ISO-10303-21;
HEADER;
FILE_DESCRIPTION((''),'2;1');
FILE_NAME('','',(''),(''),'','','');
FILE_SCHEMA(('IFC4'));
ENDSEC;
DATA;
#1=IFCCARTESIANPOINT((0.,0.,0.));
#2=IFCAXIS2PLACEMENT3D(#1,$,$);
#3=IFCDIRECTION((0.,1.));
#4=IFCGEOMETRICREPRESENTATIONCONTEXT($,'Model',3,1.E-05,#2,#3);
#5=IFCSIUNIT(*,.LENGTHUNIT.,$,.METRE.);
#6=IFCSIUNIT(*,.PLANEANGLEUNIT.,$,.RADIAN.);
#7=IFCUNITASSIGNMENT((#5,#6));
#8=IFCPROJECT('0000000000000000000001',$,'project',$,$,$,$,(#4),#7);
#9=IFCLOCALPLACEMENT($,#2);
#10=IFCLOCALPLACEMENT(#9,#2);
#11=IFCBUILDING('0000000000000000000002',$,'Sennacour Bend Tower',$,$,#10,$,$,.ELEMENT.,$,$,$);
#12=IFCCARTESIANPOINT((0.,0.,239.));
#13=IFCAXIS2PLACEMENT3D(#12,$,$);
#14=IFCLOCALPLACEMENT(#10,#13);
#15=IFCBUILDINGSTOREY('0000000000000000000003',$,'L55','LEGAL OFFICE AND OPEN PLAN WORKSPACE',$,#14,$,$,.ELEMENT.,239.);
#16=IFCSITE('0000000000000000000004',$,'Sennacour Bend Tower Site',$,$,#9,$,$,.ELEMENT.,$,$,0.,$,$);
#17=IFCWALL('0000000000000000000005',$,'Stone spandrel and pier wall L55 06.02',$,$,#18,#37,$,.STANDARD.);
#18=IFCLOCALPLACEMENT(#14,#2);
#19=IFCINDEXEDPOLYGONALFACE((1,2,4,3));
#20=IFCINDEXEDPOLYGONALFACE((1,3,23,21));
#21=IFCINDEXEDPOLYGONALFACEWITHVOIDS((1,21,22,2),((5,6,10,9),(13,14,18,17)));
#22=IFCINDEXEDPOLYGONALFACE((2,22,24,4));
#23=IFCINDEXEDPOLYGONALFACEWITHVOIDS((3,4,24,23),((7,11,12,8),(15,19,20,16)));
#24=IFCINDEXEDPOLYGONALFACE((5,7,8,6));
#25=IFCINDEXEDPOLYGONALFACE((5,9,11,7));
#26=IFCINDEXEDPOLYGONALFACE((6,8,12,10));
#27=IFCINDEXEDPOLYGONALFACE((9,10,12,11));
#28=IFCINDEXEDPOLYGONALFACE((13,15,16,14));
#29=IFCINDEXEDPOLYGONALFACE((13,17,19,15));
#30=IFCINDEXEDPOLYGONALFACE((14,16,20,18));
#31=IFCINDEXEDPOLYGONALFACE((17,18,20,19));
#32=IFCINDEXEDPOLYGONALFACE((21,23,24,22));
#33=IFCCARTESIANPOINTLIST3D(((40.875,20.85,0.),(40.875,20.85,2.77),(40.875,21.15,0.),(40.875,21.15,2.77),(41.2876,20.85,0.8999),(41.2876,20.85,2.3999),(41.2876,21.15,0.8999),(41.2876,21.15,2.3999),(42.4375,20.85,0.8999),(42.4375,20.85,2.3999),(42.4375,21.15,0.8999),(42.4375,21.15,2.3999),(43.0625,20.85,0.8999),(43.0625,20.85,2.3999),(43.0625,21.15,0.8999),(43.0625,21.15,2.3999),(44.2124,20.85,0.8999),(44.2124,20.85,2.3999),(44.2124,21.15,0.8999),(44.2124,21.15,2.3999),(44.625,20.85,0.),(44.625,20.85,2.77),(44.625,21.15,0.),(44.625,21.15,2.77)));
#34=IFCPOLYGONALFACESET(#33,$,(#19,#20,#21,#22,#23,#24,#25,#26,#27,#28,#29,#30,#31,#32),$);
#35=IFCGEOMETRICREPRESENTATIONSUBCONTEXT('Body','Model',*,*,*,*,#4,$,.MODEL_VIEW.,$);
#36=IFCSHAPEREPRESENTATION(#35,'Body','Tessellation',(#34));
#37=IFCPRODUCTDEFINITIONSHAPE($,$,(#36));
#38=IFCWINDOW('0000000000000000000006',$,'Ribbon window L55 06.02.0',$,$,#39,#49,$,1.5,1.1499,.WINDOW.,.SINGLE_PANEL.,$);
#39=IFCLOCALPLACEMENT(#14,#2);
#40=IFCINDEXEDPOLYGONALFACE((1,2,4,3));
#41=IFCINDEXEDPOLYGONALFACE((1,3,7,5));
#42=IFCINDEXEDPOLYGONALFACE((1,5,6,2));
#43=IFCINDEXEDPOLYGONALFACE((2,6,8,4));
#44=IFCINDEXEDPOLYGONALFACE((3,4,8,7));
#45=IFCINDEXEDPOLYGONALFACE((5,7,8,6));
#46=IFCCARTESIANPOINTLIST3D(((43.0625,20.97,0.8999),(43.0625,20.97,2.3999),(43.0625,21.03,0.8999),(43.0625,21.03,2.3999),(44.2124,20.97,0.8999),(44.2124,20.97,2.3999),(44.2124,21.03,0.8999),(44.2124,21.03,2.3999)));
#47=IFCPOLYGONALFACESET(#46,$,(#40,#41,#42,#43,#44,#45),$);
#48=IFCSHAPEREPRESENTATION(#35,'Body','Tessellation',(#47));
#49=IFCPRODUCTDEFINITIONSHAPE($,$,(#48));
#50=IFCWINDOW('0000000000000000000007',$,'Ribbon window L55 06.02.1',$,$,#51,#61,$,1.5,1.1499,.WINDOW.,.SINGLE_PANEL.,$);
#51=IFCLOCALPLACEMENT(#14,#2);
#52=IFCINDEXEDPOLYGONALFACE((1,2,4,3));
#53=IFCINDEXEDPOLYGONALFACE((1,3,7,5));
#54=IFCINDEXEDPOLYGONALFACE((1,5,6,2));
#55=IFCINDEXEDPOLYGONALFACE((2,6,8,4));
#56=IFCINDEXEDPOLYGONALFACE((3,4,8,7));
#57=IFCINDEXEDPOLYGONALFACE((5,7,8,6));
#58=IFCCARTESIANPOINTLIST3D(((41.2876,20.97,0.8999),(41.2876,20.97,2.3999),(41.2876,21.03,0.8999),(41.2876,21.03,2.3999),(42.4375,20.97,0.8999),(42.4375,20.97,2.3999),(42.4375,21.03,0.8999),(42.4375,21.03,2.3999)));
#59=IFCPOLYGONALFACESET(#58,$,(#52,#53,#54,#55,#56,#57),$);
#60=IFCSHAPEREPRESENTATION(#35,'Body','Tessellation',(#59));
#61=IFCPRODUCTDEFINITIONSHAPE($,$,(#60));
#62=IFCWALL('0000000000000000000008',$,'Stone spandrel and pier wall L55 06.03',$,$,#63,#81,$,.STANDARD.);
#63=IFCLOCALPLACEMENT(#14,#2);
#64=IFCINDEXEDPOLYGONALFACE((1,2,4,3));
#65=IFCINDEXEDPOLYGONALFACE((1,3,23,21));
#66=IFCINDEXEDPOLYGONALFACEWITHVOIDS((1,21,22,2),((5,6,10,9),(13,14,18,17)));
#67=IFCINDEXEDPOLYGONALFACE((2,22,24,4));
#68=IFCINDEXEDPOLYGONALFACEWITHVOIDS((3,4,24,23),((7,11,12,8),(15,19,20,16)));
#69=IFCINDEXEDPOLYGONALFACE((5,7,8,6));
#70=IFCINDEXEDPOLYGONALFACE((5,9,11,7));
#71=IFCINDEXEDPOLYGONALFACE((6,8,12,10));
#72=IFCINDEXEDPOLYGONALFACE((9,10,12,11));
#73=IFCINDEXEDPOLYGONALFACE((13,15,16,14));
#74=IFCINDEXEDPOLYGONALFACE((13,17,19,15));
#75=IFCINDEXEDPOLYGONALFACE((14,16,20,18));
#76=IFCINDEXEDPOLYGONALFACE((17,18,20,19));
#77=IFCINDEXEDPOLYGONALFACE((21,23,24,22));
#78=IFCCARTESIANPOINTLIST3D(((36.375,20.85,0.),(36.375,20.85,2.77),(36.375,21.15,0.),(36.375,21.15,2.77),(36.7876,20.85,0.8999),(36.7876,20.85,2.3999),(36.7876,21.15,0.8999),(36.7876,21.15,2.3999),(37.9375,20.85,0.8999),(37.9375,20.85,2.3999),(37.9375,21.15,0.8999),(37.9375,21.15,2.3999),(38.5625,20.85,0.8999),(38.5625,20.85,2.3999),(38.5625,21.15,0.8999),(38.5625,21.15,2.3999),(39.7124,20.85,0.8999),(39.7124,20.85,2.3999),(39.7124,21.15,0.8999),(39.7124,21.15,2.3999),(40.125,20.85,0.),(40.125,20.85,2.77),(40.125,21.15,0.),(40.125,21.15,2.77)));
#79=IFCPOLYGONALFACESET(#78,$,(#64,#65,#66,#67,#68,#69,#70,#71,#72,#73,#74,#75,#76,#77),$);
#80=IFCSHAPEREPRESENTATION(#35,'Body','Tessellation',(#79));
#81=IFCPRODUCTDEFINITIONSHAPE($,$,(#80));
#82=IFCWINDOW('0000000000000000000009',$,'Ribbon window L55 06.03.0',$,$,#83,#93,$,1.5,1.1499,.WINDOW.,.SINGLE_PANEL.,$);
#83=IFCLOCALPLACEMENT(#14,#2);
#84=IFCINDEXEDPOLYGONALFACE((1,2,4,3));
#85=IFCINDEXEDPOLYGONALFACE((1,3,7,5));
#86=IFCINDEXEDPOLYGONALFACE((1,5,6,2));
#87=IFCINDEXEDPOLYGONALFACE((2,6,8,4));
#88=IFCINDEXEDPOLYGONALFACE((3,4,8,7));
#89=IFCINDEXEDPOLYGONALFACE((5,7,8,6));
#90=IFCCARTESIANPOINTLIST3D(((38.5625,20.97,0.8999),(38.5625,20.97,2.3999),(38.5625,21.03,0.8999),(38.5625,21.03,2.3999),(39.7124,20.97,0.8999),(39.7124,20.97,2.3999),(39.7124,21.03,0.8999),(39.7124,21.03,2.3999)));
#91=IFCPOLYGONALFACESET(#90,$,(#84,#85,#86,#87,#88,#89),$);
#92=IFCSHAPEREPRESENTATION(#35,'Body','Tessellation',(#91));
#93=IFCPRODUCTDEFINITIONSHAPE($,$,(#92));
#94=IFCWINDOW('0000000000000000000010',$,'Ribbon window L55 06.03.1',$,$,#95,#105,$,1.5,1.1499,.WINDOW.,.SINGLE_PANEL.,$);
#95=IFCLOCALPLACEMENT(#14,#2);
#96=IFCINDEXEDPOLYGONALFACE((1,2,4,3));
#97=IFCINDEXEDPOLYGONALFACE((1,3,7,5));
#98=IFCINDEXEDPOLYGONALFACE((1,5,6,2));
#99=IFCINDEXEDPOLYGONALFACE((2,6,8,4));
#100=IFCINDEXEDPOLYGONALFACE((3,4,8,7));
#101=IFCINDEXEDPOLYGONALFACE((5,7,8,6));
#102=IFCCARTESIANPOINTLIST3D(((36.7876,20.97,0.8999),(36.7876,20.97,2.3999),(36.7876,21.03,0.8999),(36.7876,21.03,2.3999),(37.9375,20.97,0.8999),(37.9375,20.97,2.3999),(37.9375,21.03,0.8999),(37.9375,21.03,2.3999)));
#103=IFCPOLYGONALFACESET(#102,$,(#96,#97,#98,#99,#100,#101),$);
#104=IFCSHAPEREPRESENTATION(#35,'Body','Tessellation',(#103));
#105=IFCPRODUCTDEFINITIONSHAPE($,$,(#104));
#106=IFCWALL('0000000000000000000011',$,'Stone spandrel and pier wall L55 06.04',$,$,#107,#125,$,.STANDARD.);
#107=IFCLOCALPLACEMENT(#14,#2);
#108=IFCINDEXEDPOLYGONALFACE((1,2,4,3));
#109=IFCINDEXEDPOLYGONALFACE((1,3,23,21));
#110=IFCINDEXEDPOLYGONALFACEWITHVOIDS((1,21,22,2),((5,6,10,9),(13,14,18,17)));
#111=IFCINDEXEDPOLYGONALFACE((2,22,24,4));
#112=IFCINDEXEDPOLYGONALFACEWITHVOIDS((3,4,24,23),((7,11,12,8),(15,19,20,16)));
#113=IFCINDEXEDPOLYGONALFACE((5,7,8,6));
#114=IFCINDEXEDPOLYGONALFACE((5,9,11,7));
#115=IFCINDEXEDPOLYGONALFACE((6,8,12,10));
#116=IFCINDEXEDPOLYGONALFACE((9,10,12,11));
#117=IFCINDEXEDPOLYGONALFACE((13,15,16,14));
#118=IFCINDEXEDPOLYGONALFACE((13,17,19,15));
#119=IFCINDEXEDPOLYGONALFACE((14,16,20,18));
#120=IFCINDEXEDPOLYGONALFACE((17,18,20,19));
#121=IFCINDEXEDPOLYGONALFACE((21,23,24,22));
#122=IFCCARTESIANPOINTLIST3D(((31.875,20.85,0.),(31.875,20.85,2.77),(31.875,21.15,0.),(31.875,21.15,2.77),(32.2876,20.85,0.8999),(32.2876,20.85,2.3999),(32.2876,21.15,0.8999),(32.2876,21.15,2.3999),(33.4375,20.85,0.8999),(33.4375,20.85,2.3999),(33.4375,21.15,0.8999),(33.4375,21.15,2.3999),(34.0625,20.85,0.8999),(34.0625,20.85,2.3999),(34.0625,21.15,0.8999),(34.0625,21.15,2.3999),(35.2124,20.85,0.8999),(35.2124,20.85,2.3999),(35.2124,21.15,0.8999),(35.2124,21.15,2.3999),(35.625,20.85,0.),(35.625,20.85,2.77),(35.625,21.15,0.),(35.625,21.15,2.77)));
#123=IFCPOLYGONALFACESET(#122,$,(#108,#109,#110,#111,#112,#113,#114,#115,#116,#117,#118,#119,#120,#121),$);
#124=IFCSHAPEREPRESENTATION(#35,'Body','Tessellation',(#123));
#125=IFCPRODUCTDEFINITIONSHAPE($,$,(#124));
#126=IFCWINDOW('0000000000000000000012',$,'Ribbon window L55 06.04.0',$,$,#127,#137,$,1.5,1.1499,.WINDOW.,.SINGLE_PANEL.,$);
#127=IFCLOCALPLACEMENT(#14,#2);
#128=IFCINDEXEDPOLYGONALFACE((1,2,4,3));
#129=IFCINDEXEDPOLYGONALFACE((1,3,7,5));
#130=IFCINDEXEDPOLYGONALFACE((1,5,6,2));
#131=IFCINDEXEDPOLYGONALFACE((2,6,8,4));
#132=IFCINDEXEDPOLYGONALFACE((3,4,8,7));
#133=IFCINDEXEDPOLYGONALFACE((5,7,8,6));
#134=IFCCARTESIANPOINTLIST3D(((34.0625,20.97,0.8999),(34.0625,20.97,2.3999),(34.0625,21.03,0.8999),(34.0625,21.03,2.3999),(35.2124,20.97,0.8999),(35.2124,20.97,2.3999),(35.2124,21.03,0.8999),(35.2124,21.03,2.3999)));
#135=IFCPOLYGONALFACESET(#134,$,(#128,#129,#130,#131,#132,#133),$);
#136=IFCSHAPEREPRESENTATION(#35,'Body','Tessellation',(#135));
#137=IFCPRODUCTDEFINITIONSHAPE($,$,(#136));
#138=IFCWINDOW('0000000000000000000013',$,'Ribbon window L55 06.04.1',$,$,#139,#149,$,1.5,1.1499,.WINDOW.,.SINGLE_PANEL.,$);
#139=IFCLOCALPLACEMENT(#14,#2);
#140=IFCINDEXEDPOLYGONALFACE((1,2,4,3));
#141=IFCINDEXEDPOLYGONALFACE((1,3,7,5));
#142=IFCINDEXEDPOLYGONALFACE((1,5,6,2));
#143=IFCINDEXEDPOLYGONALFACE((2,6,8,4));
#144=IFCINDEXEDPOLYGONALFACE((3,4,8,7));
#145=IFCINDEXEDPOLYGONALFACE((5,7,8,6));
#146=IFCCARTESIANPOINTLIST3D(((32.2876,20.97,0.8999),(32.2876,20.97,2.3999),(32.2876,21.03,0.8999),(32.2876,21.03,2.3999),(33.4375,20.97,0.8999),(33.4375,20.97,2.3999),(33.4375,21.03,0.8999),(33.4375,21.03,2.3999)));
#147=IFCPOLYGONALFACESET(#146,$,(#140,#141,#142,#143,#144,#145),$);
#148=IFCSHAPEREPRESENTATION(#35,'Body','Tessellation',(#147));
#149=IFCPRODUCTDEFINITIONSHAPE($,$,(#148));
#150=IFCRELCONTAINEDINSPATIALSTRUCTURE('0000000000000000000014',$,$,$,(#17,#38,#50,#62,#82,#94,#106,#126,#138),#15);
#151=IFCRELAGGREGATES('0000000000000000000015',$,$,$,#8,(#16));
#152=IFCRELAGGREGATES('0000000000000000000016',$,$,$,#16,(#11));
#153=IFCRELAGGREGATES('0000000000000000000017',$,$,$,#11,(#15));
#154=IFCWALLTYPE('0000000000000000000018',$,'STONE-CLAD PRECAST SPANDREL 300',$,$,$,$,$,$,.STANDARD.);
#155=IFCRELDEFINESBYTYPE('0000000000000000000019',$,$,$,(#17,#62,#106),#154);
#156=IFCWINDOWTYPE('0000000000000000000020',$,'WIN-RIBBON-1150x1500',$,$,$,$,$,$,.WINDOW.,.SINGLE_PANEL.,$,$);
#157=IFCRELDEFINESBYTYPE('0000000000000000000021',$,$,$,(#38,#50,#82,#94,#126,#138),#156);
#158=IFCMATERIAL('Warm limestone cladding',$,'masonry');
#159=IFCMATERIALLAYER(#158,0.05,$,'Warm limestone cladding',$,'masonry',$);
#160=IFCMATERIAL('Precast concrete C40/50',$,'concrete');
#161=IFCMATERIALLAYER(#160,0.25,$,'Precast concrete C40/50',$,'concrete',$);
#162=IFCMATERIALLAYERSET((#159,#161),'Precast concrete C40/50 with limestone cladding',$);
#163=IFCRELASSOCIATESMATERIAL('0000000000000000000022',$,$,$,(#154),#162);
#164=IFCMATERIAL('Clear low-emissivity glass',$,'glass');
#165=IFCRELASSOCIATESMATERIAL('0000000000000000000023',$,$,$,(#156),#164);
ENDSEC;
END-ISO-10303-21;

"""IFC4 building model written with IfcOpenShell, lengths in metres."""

from ifc_helpers import new_model, si_unit, direction, frame, frame_2d, origin, place, context, subcontext, project, spatial, rectangle, extrude, material, layer, layer_set, type_object, element, fill, save


model = new_model("IFC4")

# Units and contexts
model_context = context("Model", 3, precision=1e-05, world=origin(), true_north=direction((0.0, 1.0)))
body_context = subcontext(model_context, "Body", "Model", "MODEL_VIEW")
ifc_project = project(units=[si_unit("LENGTHUNIT", "METRE"), si_unit("PLANEANGLEUNIT", "RADIAN")], contexts=[model_context])

# Site, building, storey
site_placement = place(None, origin())
site = spatial("IfcSite", under=ifc_project, at=site_placement, Name="Sennacour Bend Tower Site", CompositionType="ELEMENT", RefElevation=0.0)
building_placement = place(site_placement, origin())
building = spatial("IfcBuilding", under=site, at=building_placement, Name="Sennacour Bend Tower", CompositionType="ELEMENT")
storey_placement = place(building_placement, frame((0.0, 0.0, 239.0)))
storey = spatial("IfcBuildingStorey", under=building, at=storey_placement, Name="L55", Description="LEGAL OFFICE AND OPEN PLAN WORKSPACE", CompositionType="ELEMENT", Elevation=239.0)

# Walls, openings, windows
ifc_material_1 = material(Name="Warm limestone cladding", Category="masonry")
ifc_layer_1 = layer(ifc_material_1, 0.05, Name="Warm limestone cladding", Category="masonry")
ifc_material_2 = material(Name="Precast concrete C40/50", Category="concrete")
ifc_layer_2 = layer(ifc_material_2, 0.25, Name="Precast concrete C40/50", Category="concrete")
ifc_layer_set_1 = layer_set([ifc_layer_1, ifc_layer_2], Name="Precast concrete C40/50 with limestone cladding")
wall_type_1 = type_object("IfcWallType", Name="STONE-CLAD PRECAST SPANDREL 300", PredefinedType="STANDARD", material=ifc_layer_set_1)
wall_1_placement = place(storey_placement, frame((44.625, 21.0, 0.0), z_axis=(0.0, 0.0, 1.0), x_axis=(-1.0, 0.0, 0.0)))
wall_1 = element("IfcWall", 1, at=wall_1_placement, inside=storey, type_object=wall_type_1, Name="Stone spandrel and pier wall L55 06.02", PredefinedType="STANDARD", context=body_context, shape_type="SweptSolid", body=[
    extrude(rectangle(XDim=3.75, YDim=0.3, at=frame_2d((1.875, 0.0))), origin(), (0.0, 0.0, 1.0), 2.77),
])
opening_1_placement = place(wall_1_placement, frame((0.4126, 0.0, 0.8999)))
opening_1 = element("IfcOpeningElement", 2, at=opening_1_placement, cuts=wall_1, PredefinedType="OPENING", context=body_context, shape_type="SweptSolid", body=[
    extrude(rectangle(XDim=1.1499, YDim=1.5, at=frame_2d((0.575, 0.75))), frame((0.0, 0.1602, 0.0), z_axis=(0.0, -1.0, 0.0), x_axis=(1.0, 0.0, 0.0)), (0.0, 0.0, 1.0), 0.3201),
])
opening_2_placement = place(wall_1_placement, frame((2.1875, 0.0, 0.8999)))
opening_2 = element("IfcOpeningElement", 3, at=opening_2_placement, cuts=wall_1, PredefinedType="OPENING", context=body_context, shape_type="SweptSolid", body=[
    extrude(rectangle(XDim=1.1499, YDim=1.5, at=frame_2d((0.575, 0.75))), frame((0.0, 0.1602, 0.0), z_axis=(0.0, -1.0, 0.0), x_axis=(1.0, 0.0, 0.0)), (0.0, 0.0, 1.0), 0.3201),
])
ifc_material_3 = material(Name="Clear low-emissivity glass", Category="glass")
window_type = type_object("IfcWindowType", Name="WIN-RIBBON-1150x1500", PartitioningType="SINGLE_PANEL", PredefinedType="WINDOW", material=ifc_material_3)
window_1_placement = place(opening_1_placement, origin())
window_1 = element("IfcWindow", 4, at=window_1_placement, inside=storey, type_object=window_type, Name="Ribbon window L55 06.02.0", OverallHeight=1.5, OverallWidth=1.1499, PartitioningType="SINGLE_PANEL", PredefinedType="WINDOW", context=body_context, shape_type="SweptSolid", body=[
    extrude(rectangle(XDim=1.1499, YDim=1.5, at=frame_2d((0.575, 0.75))), frame((0.0, 0.03, 0.0), z_axis=(0.0, -1.0, 0.0), x_axis=(1.0, 0.0, 0.0)), (0.0, 0.0, 1.0), 0.0601),
])
fill(opening_1, window_1)
window_2_placement = place(opening_2_placement, origin())
window_2 = element("IfcWindow", 5, at=window_2_placement, inside=storey, type_object=window_type, Name="Ribbon window L55 06.02.1", OverallHeight=1.5, OverallWidth=1.1499, PartitioningType="SINGLE_PANEL", PredefinedType="WINDOW", context=body_context, shape_type="SweptSolid", body=[
    extrude(rectangle(XDim=1.1499, YDim=1.5, at=frame_2d((0.575, 0.75))), frame((0.0, 0.03, 0.0), z_axis=(0.0, -1.0, 0.0), x_axis=(1.0, 0.0, 0.0)), (0.0, 0.0, 1.0), 0.0601),
])
fill(opening_2, window_2)
wall_2_placement = place(storey_placement, frame((40.125, 21.0, 0.0), z_axis=(0.0, 0.0, 1.0), x_axis=(-1.0, 0.0, 0.0)))
wall_2 = element("IfcWall", 6, at=wall_2_placement, inside=storey, type_object=wall_type_1, Name="Stone spandrel and pier wall L55 06.03", PredefinedType="STANDARD", context=body_context, shape_type="SweptSolid", body=[
    extrude(rectangle(XDim=3.75, YDim=0.3, at=frame_2d((1.875, 0.0))), origin(), (0.0, 0.0, 1.0), 2.77),
])
opening_3_placement = place(wall_2_placement, frame((0.4126, 0.0, 0.8999)))
opening_3 = element("IfcOpeningElement", 7, at=opening_3_placement, cuts=wall_2, PredefinedType="OPENING", context=body_context, shape_type="SweptSolid", body=[
    extrude(rectangle(XDim=1.1499, YDim=1.5, at=frame_2d((0.575, 0.75))), frame((0.0, 0.1602, 0.0), z_axis=(0.0, -1.0, 0.0), x_axis=(1.0, 0.0, 0.0)), (0.0, 0.0, 1.0), 0.3201),
])
opening_4_placement = place(wall_2_placement, frame((2.1875, 0.0, 0.8999)))
opening_4 = element("IfcOpeningElement", 8, at=opening_4_placement, cuts=wall_2, PredefinedType="OPENING", context=body_context, shape_type="SweptSolid", body=[
    extrude(rectangle(XDim=1.1499, YDim=1.5, at=frame_2d((0.575, 0.75))), frame((0.0, 0.1602, 0.0), z_axis=(0.0, -1.0, 0.0), x_axis=(1.0, 0.0, 0.0)), (0.0, 0.0, 1.0), 0.3201),
])
window_3_placement = place(opening_3_placement, origin())
window_3 = element("IfcWindow", 9, at=window_3_placement, inside=storey, type_object=window_type, Name="Ribbon window L55 06.03.0", OverallHeight=1.5, OverallWidth=1.1499, PartitioningType="SINGLE_PANEL", PredefinedType="WINDOW", context=body_context, shape_type="SweptSolid", body=[
    extrude(rectangle(XDim=1.1499, YDim=1.5, at=frame_2d((0.575, 0.75))), frame((0.0, 0.03, 0.0), z_axis=(0.0, -1.0, 0.0), x_axis=(1.0, 0.0, 0.0)), (0.0, 0.0, 1.0), 0.0601),
])
fill(opening_3, window_3)
window_4_placement = place(opening_4_placement, origin())
window_4 = element("IfcWindow", 10, at=window_4_placement, inside=storey, type_object=window_type, Name="Ribbon window L55 06.03.1", OverallHeight=1.5, OverallWidth=1.1499, PartitioningType="SINGLE_PANEL", PredefinedType="WINDOW", context=body_context, shape_type="SweptSolid", body=[
    extrude(rectangle(XDim=1.1499, YDim=1.5, at=frame_2d((0.575, 0.75))), frame((0.0, 0.03, 0.0), z_axis=(0.0, -1.0, 0.0), x_axis=(1.0, 0.0, 0.0)), (0.0, 0.0, 1.0), 0.0601),
])
fill(opening_4, window_4)
wall_3_placement = place(storey_placement, frame((35.625, 21.0, 0.0), z_axis=(0.0, 0.0, 1.0), x_axis=(-1.0, 0.0, 0.0)))
wall_3 = element("IfcWall", 11, at=wall_3_placement, inside=storey, type_object=wall_type_1, Name="Stone spandrel and pier wall L55 06.04", PredefinedType="STANDARD", context=body_context, shape_type="SweptSolid", body=[
    extrude(rectangle(XDim=3.75, YDim=0.3, at=frame_2d((1.875, 0.0))), origin(), (0.0, 0.0, 1.0), 2.77),
])
opening_5_placement = place(wall_3_placement, frame((0.4126, 0.0, 0.8999)))
opening_5 = element("IfcOpeningElement", 12, at=opening_5_placement, cuts=wall_3, PredefinedType="OPENING", context=body_context, shape_type="SweptSolid", body=[
    extrude(rectangle(XDim=1.1499, YDim=1.5, at=frame_2d((0.575, 0.75))), frame((0.0, 0.1602, 0.0), z_axis=(0.0, -1.0, 0.0), x_axis=(1.0, 0.0, 0.0)), (0.0, 0.0, 1.0), 0.3201),
])
opening_6_placement = place(wall_3_placement, frame((2.1875, 0.0, 0.8999)))
opening_6 = element("IfcOpeningElement", 13, at=opening_6_placement, cuts=wall_3, PredefinedType="OPENING", context=body_context, shape_type="SweptSolid", body=[
    extrude(rectangle(XDim=1.1499, YDim=1.5, at=frame_2d((0.575, 0.75))), frame((0.0, 0.1602, 0.0), z_axis=(0.0, -1.0, 0.0), x_axis=(1.0, 0.0, 0.0)), (0.0, 0.0, 1.0), 0.3201),
])
window_5_placement = place(opening_5_placement, origin())
window_5 = element("IfcWindow", 14, at=window_5_placement, inside=storey, type_object=window_type, Name="Ribbon window L55 06.04.0", OverallHeight=1.5, OverallWidth=1.1499, PartitioningType="SINGLE_PANEL", PredefinedType="WINDOW", context=body_context, shape_type="SweptSolid", body=[
    extrude(rectangle(XDim=1.1499, YDim=1.5, at=frame_2d((0.575, 0.75))), frame((0.0, 0.03, 0.0), z_axis=(0.0, -1.0, 0.0), x_axis=(1.0, 0.0, 0.0)), (0.0, 0.0, 1.0), 0.0601),
])
fill(opening_5, window_5)
window_6_placement = place(opening_6_placement, origin())
window_6 = element("IfcWindow", 15, at=window_6_placement, inside=storey, type_object=window_type, Name="Ribbon window L55 06.04.1", OverallHeight=1.5, OverallWidth=1.1499, PartitioningType="SINGLE_PANEL", PredefinedType="WINDOW", context=body_context, shape_type="SweptSolid", body=[
    extrude(rectangle(XDim=1.1499, YDim=1.5, at=frame_2d((0.575, 0.75))), frame((0.0, 0.03, 0.0), z_axis=(0.0, -1.0, 0.0), x_axis=(1.0, 0.0, 0.0)), (0.0, 0.0, 1.0), 0.0601),
])
fill(opening_6, window_6)

save(model, "model.ifc")
